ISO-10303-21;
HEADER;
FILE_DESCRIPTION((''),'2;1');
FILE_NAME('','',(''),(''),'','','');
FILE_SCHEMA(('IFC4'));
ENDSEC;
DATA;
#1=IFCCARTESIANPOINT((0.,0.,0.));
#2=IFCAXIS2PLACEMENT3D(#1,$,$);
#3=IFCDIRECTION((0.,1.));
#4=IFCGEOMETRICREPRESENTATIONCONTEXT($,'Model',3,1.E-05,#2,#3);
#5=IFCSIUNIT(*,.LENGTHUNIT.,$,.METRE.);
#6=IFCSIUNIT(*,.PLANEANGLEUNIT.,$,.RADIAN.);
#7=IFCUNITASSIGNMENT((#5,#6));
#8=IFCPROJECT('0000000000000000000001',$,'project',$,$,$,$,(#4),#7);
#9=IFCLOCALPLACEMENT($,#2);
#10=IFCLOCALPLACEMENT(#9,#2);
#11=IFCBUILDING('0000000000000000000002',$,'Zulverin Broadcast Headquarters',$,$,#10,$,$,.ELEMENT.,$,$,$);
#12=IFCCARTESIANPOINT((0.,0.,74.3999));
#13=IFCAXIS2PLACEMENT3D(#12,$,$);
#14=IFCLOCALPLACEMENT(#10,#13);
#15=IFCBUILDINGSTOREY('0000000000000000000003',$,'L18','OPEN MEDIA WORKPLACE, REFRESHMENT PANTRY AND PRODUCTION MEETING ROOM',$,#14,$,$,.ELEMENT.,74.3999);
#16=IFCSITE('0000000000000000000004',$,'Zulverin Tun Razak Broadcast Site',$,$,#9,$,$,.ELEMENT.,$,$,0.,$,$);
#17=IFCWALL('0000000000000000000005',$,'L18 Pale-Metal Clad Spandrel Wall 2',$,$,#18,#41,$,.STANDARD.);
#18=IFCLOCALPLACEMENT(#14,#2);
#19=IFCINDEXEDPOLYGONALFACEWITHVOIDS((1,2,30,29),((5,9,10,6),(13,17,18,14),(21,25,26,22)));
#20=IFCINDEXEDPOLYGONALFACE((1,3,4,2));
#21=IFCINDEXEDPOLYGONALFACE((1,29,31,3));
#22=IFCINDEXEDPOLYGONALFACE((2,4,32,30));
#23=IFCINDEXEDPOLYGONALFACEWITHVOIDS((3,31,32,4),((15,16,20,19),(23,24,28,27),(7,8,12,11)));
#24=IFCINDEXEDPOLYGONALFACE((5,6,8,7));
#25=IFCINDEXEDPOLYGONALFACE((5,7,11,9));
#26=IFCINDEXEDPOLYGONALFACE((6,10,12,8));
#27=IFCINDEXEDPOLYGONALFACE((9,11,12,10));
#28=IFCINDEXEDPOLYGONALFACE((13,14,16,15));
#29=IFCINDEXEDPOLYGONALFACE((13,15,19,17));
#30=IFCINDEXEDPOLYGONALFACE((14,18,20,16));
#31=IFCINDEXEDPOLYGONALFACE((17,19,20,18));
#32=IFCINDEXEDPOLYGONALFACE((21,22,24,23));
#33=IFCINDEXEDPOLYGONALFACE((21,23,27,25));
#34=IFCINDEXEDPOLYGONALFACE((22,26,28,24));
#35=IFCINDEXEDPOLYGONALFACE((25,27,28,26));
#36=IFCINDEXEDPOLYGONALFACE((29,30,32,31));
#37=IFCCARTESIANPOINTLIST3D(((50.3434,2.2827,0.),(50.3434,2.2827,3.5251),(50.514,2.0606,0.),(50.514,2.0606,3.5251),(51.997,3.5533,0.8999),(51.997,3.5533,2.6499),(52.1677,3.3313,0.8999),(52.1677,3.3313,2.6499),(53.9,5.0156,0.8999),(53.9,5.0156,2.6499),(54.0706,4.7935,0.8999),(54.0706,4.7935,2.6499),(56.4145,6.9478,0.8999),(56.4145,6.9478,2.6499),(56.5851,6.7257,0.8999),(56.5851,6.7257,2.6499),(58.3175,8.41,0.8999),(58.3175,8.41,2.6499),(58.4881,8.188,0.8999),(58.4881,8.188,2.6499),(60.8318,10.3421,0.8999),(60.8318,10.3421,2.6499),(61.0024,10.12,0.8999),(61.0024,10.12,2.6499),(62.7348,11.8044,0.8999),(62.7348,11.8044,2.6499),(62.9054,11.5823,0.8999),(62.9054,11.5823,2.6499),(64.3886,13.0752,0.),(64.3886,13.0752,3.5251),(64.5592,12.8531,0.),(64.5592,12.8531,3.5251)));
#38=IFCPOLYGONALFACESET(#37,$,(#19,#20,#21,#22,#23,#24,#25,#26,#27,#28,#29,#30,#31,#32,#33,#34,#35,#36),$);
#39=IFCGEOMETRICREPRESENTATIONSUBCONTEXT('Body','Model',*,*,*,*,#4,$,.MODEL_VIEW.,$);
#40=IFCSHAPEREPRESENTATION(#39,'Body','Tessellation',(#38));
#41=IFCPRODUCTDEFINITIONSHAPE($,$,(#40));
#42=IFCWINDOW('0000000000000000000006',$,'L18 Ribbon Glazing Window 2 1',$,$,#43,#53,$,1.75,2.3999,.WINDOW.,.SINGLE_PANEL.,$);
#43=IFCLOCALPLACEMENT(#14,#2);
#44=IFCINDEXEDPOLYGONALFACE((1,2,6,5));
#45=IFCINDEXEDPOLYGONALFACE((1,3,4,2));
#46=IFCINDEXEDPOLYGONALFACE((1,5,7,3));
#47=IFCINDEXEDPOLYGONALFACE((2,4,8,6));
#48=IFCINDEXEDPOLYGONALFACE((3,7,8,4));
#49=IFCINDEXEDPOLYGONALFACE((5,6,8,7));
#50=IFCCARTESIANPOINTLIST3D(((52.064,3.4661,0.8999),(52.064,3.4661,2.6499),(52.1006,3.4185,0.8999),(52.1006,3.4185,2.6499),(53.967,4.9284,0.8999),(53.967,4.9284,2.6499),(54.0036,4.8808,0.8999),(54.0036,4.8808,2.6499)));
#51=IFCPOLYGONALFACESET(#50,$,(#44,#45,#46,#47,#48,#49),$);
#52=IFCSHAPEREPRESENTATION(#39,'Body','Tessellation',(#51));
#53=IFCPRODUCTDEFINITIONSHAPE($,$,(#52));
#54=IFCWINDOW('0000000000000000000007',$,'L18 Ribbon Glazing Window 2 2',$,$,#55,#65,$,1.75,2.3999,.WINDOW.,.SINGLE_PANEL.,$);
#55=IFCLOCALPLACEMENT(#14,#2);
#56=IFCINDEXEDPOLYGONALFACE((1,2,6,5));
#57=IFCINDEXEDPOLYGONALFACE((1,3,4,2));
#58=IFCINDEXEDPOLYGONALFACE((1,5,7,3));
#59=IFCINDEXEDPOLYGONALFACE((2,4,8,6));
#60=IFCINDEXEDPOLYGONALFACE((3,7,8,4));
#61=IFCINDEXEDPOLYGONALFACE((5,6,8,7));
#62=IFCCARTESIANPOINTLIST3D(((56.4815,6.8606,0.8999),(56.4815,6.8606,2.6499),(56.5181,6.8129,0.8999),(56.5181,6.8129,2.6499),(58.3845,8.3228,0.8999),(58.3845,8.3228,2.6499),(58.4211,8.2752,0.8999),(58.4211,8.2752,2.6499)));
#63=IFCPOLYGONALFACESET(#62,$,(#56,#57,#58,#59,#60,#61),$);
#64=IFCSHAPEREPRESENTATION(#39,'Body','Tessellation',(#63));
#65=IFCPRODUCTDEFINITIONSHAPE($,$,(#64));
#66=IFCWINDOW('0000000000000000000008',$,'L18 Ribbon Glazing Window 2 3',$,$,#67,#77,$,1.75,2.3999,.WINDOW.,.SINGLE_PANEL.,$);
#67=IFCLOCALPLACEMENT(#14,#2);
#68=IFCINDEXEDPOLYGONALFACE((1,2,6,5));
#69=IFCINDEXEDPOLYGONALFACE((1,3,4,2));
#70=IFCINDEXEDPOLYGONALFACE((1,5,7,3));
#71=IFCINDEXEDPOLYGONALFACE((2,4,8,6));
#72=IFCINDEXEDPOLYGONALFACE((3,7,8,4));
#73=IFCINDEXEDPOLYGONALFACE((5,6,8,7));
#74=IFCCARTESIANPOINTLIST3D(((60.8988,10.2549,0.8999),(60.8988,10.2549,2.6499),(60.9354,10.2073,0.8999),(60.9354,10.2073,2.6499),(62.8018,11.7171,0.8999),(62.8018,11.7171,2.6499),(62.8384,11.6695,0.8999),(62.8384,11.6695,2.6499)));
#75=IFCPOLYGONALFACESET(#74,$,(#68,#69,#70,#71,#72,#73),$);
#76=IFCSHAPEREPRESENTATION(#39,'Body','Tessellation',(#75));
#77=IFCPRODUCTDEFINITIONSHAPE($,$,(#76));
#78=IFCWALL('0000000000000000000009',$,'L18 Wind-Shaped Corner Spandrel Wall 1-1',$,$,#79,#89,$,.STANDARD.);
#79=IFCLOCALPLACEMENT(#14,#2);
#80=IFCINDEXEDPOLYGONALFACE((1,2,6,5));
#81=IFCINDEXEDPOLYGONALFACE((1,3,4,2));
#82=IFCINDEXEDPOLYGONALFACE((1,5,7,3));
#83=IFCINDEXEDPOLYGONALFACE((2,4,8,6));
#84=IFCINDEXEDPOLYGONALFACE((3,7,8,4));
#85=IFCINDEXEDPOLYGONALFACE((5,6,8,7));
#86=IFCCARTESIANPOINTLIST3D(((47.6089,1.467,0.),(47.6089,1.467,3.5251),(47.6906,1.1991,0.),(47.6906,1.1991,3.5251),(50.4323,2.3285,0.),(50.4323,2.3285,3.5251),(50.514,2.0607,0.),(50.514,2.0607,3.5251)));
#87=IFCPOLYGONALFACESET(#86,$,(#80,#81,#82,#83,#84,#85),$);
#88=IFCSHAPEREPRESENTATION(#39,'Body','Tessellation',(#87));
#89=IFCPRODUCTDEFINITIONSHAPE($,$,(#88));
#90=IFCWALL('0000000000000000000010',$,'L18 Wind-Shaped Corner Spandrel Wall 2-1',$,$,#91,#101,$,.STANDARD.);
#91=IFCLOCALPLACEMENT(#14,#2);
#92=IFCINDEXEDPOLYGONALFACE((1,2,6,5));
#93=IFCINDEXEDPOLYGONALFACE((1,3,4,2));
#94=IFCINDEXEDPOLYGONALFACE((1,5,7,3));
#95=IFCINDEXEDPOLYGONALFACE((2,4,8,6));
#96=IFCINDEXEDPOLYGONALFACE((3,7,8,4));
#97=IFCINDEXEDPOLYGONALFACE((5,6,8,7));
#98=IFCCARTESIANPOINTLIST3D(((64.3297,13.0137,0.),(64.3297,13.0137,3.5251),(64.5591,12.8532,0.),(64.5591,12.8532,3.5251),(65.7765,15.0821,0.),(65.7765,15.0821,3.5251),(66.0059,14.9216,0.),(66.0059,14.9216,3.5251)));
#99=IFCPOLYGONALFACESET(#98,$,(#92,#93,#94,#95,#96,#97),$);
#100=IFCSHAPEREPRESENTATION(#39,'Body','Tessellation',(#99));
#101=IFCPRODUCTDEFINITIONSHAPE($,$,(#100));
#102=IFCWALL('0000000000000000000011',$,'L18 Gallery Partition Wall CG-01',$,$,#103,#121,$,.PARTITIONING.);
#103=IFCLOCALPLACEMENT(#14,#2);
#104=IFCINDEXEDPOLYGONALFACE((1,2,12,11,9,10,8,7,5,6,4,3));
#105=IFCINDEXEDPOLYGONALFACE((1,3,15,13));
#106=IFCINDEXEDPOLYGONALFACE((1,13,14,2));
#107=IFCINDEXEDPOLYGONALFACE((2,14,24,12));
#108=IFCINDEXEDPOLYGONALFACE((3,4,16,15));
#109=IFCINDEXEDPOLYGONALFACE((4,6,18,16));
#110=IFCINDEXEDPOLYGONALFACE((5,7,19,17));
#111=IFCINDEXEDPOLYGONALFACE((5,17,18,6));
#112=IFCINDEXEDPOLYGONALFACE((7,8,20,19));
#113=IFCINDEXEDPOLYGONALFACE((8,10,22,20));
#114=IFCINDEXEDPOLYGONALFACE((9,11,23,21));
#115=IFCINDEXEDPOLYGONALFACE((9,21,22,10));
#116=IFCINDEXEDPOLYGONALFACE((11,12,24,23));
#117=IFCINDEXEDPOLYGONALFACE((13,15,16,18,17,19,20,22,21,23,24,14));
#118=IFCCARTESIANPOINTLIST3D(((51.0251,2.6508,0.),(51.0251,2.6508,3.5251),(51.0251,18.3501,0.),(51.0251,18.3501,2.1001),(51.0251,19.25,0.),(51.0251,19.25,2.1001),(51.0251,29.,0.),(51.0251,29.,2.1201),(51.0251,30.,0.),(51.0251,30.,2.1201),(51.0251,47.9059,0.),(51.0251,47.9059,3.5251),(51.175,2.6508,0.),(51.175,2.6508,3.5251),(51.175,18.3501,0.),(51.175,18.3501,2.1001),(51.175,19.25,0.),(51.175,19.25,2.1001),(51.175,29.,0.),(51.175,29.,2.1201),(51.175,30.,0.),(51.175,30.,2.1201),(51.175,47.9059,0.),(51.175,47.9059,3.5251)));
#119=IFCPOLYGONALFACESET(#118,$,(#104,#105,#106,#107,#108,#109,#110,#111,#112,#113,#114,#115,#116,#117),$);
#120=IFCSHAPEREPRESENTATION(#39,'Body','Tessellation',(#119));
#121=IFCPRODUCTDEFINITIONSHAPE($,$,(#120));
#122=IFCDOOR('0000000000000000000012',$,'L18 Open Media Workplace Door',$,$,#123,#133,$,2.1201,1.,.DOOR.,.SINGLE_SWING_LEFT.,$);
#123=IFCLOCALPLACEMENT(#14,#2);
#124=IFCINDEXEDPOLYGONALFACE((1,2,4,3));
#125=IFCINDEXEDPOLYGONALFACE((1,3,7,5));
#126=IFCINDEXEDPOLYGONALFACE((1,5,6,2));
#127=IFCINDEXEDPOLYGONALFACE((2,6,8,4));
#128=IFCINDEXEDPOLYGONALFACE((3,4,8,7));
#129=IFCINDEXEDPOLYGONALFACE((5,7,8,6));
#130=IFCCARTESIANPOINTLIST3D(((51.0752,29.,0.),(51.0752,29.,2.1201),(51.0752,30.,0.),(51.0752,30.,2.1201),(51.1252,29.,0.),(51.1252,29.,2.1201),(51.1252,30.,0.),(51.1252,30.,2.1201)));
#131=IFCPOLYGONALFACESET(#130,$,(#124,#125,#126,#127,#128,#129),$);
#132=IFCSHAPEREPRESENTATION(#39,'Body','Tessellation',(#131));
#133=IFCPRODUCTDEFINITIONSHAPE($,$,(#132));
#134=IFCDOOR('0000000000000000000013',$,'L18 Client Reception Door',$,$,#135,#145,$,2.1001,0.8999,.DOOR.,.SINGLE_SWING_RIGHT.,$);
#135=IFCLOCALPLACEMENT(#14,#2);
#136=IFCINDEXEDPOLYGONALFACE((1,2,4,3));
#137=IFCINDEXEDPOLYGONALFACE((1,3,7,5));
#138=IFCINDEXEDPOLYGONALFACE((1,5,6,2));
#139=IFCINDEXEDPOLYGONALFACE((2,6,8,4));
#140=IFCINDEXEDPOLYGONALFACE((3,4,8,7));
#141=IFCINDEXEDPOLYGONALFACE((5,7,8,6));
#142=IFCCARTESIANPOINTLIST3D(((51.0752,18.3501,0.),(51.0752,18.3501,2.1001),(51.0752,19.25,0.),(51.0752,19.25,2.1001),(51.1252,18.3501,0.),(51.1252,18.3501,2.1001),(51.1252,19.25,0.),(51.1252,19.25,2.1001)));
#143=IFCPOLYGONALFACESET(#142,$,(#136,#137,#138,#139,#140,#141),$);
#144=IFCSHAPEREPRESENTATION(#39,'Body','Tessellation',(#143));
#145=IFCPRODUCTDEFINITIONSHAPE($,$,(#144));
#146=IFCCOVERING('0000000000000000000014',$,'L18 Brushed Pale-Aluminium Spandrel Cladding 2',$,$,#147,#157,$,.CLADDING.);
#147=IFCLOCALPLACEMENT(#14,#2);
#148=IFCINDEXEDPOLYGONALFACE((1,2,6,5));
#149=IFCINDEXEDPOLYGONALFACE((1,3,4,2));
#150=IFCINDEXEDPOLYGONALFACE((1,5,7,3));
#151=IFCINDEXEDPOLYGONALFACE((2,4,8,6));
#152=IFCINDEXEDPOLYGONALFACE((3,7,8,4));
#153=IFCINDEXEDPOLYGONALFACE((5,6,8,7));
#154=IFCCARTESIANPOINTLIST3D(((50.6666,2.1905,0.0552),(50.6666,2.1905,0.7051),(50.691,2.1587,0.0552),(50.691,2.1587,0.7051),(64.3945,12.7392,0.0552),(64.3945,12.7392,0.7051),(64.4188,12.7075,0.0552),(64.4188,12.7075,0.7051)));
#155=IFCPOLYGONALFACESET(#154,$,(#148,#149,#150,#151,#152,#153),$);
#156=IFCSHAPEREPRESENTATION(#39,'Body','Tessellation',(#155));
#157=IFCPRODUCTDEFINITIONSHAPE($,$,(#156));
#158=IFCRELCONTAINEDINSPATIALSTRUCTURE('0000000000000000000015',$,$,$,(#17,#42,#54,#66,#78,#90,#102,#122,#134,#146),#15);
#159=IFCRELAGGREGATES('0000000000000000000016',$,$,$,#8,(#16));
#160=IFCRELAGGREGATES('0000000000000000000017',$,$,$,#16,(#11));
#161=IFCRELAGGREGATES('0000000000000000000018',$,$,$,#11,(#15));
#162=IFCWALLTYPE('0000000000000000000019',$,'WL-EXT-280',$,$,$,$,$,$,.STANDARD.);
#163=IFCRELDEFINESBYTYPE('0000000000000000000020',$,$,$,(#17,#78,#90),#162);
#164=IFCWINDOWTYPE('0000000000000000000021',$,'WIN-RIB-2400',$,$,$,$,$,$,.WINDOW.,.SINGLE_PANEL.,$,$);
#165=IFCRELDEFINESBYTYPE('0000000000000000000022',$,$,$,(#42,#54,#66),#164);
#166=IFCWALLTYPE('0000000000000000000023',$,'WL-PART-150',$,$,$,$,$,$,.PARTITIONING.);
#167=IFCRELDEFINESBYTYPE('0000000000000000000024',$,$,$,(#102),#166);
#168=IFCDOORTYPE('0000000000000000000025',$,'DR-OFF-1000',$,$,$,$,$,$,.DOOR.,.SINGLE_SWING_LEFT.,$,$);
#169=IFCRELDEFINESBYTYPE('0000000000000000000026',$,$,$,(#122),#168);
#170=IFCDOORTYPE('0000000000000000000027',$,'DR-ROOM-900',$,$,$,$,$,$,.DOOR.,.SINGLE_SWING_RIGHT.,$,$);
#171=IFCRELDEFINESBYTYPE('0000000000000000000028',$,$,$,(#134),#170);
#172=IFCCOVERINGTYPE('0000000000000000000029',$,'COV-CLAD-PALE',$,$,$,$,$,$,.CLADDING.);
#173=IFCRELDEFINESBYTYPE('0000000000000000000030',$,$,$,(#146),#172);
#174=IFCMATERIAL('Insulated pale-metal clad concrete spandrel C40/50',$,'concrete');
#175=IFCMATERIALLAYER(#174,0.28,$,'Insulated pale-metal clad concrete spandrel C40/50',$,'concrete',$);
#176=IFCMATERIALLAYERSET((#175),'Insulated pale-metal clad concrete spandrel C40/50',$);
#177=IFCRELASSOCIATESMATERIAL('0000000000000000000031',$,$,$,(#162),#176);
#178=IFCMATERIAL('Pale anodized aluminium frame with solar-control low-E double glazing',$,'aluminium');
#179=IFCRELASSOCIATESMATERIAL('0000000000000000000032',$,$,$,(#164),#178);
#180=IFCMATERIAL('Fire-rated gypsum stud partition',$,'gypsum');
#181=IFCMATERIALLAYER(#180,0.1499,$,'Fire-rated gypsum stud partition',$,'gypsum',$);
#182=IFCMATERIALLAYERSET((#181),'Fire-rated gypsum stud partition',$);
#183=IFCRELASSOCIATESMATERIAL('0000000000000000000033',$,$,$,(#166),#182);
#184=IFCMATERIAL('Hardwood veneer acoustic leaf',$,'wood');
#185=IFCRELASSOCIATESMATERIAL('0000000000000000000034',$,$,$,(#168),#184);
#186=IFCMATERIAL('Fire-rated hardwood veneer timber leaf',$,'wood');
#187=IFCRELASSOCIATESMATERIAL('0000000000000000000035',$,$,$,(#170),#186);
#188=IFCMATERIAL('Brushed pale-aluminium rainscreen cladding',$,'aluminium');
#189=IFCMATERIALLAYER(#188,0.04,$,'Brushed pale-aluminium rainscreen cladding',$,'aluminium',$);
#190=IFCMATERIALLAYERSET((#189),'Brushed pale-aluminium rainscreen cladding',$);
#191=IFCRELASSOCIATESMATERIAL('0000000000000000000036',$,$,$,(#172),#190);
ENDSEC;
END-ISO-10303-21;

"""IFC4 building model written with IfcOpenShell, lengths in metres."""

from ifc_helpers import new_model, si_unit, direction, frame, frame_2d, origin, origin_2d, place, context, subcontext, project, spatial, rectangle, extrude, material, layer, layer_set, type_object, element, fill, save


model = new_model("IFC4")

# Units and contexts
model_context = context("Model", 3, precision=1e-05, world=origin(), true_north=direction((0.0, 1.0)))
body_context = subcontext(model_context, "Body", "Model", "MODEL_VIEW")
ifc_project = project(units=[si_unit("LENGTHUNIT", "METRE"), si_unit("PLANEANGLEUNIT", "RADIAN")], contexts=[model_context])

# Site, building, storey
site_placement = place(None, origin())
site = spatial("IfcSite", under=ifc_project, at=site_placement, Name="Zulverin Tun Razak Broadcast Site", CompositionType="ELEMENT", RefElevation=0.0)
building_placement = place(site_placement, origin())
building = spatial("IfcBuilding", under=site, at=building_placement, Name="Zulverin Broadcast Headquarters", CompositionType="ELEMENT")
storey_placement = place(building_placement, frame((0.0, 0.0, 74.3999)))
storey = spatial("IfcBuildingStorey", under=building, at=storey_placement, Name="L18", Description="OPEN MEDIA WORKPLACE, REFRESHMENT PANTRY AND PRODUCTION MEETING ROOM", CompositionType="ELEMENT", Elevation=74.3999)

# Wall, openings, windows
ifc_material_1 = material(Name="Insulated pale-metal clad concrete spandrel C40/50", Category="concrete")
ifc_layer_1 = layer(ifc_material_1, 0.28, Name="Insulated pale-metal clad concrete spandrel C40/50", Category="concrete")
ifc_layer_set_1 = layer_set([ifc_layer_1], Name="Insulated pale-metal clad concrete spandrel C40/50")
wall_type_1 = type_object("IfcWallType", Name="WL-EXT-280", PredefinedType="STANDARD", material=ifc_layer_set_1)
wall_1_placement = place(storey_placement, frame((50.4287, 2.1716, 0.0), z_axis=(0.0, 0.0, 1.0), x_axis=(0.792937, 0.609303, 0.0)))
wall_1 = element("IfcWall", 1, at=wall_1_placement, inside=storey, type_object=wall_type_1, Name="L18 Pale-Metal Clad Spandrel Wall 2", PredefinedType="STANDARD", context=body_context, shape_type="SweptSolid", body=[
    extrude(rectangle(XDim=17.7129, YDim=0.28, at=frame_2d((8.8564, 0.0))), origin(), (0.0, 0.0, 1.0), 3.5251),
])
opening_1_placement = place(wall_1_placement, frame((2.0854, 0.0, 0.8999)))
opening_1 = element("IfcOpeningElement", 2, at=opening_1_placement, cuts=wall_1, PredefinedType="OPENING", context=body_context, shape_type="SweptSolid", body=[
    extrude(rectangle(XDim=2.3999, YDim=1.75, at=frame_2d((1.2, 0.875))), frame((0.0, 0.1499, 0.0), z_axis=(0.0, -1.0, 0.0), x_axis=(1.0, 0.0, 0.0)), (0.0, 0.0, 1.0), 0.3),
])
opening_2_placement = place(wall_1_placement, frame((7.6565, 0.0, 0.8999)))
opening_2 = element("IfcOpeningElement", 3, at=opening_2_placement, cuts=wall_1, PredefinedType="OPENING", context=body_context, shape_type="SweptSolid", body=[
    extrude(rectangle(XDim=2.3999, YDim=1.75, at=frame_2d((1.2, 0.875))), frame((0.0, 0.1499, 0.0), z_axis=(0.0, -1.0, 0.0), x_axis=(1.0, 0.0, 0.0)), (0.0, 0.0, 1.0), 0.3),
])
opening_3_placement = place(wall_1_placement, frame((13.2273, 0.0, 0.8999)))
opening_3 = element("IfcOpeningElement", 4, at=opening_3_placement, cuts=wall_1, PredefinedType="OPENING", context=body_context, shape_type="SweptSolid", body=[
    extrude(rectangle(XDim=2.3999, YDim=1.75, at=frame_2d((1.2, 0.875))), frame((0.0, 0.1499, 0.0), z_axis=(0.0, -1.0, 0.0), x_axis=(1.0, 0.0, 0.0)), (0.0, 0.0, 1.0), 0.3),
])
ifc_material_2 = material(Name="Pale anodized aluminium frame with solar-control low-E double glazing", Category="aluminium")
window_type = type_object("IfcWindowType", Name="WIN-RIB-2400", PartitioningType="SINGLE_PANEL", PredefinedType="WINDOW", material=ifc_material_2)
window_1_placement = place(opening_1_placement, origin())
window_1 = element("IfcWindow", 5, at=window_1_placement, inside=storey, type_object=window_type, Name="L18 Ribbon Glazing Window 2 1", OverallHeight=1.75, OverallWidth=2.3999, PartitioningType="SINGLE_PANEL", PredefinedType="WINDOW", context=body_context, shape_type="SweptSolid", body=[
    extrude(rectangle(XDim=2.3999, YDim=1.75, at=frame_2d((1.2, 0.875))), frame((0.0, 0.03, 0.0), z_axis=(0.0, -1.0, 0.0), x_axis=(1.0, 0.0, 0.0)), (0.0, 0.0, 1.0), 0.0601),
])
fill(opening_1, window_1)
window_2_placement = place(opening_2_placement, origin())
window_2 = element("IfcWindow", 6, at=window_2_placement, inside=storey, type_object=window_type, Name="L18 Ribbon Glazing Window 2 2", OverallHeight=1.75, OverallWidth=2.3999, PartitioningType="SINGLE_PANEL", PredefinedType="WINDOW", context=body_context, shape_type="SweptSolid", body=[
    extrude(rectangle(XDim=2.3999, YDim=1.75, at=frame_2d((1.2, 0.875))), frame((0.0, 0.03, 0.0), z_axis=(0.0, -1.0, 0.0), x_axis=(1.0, 0.0, 0.0)), (0.0, 0.0, 1.0), 0.0601),
])
fill(opening_2, window_2)
window_3_placement = place(opening_3_placement, origin())
window_3 = element("IfcWindow", 7, at=window_3_placement, inside=storey, type_object=window_type, Name="L18 Ribbon Glazing Window 2 3", OverallHeight=1.75, OverallWidth=2.3999, PartitioningType="SINGLE_PANEL", PredefinedType="WINDOW", context=body_context, shape_type="SweptSolid", body=[
    extrude(rectangle(XDim=2.3999, YDim=1.75, at=frame_2d((1.2, 0.875))), frame((0.0, 0.03, 0.0), z_axis=(0.0, -1.0, 0.0), x_axis=(1.0, 0.0, 0.0)), (0.0, 0.0, 1.0), 0.0601),
])
fill(opening_3, window_3)

# Walls
wall_2_placement = place(storey_placement, frame((47.6497, 1.333, 0.0), z_axis=(0.0, 0.0, 1.0), x_axis=(0.956461, 0.291859, 0.0)))
element("IfcWall", 8, at=wall_2_placement, inside=storey, type_object=wall_type_1, Name="L18 Wind-Shaped Corner Spandrel Wall 1-1", PredefinedType="STANDARD", context=body_context, shape_type="SweptSolid", body=[
    extrude(rectangle(XDim=2.9519, YDim=0.28, at=frame_2d((1.4761, 0.0))), origin(), (0.0, 0.0, 1.0), 3.5251),
])
wall_3_placement = place(storey_placement, frame((64.4443, 12.9333, 0.0), z_axis=(0.0, 0.0, 1.0), x_axis=(0.573177, 0.819432, 0.0)))
element("IfcWall", 9, at=wall_3_placement, inside=storey, type_object=wall_type_1, Name="L18 Wind-Shaped Corner Spandrel Wall 2-1", PredefinedType="STANDARD", context=body_context, shape_type="SweptSolid", body=[
    extrude(rectangle(XDim=2.5242, YDim=0.28, at=frame_2d((1.2622, 0.0))), origin(), (0.0, 0.0, 1.0), 3.5251),
])

# Wall, openings, doors
ifc_material_3 = material(Name="Fire-rated gypsum stud partition", Category="gypsum")
ifc_layer_2 = layer(ifc_material_3, 0.1499, Name="Fire-rated gypsum stud partition", Category="gypsum")
ifc_layer_set_2 = layer_set([ifc_layer_2], Name="Fire-rated gypsum stud partition")
wall_type_2 = type_object("IfcWallType", Name="WL-PART-150", PredefinedType="PARTITIONING", material=ifc_layer_set_2)
wall_4_placement = place(storey_placement, frame((51.1001, 2.6509, 0.0), z_axis=(0.0, 0.0, 1.0), x_axis=(0.0, 1.0, 0.0)))
wall_4 = element("IfcWall", 10, at=wall_4_placement, inside=storey, type_object=wall_type_2, Name="L18 Gallery Partition Wall CG-01", PredefinedType="PARTITIONING", context=body_context, shape_type="SweptSolid", body=[
    extrude(rectangle(XDim=45.2551, YDim=0.1499, at=frame_2d((22.6274, 0.0))), origin(), (0.0, 0.0, 1.0), 3.5251),
])
opening_4_placement = place(wall_4_placement, frame((15.6992, 0.0, 0.0)))
opening_4 = element("IfcOpeningElement", 11, at=opening_4_placement, cuts=wall_4, PredefinedType="OPENING", context=body_context, shape_type="SweptSolid", body=[
    extrude(rectangle(XDim=0.8999, YDim=2.1001, at=frame_2d((0.45, 1.05))), frame((0.0, 0.085, 0.0), z_axis=(0.0, -1.0, 0.0), x_axis=(1.0, 0.0, 0.0)), (0.0, 0.0, 1.0), 0.1699),
])
opening_5_placement = place(wall_4_placement, frame((26.3491, 0.0, 0.0)))
opening_5 = element("IfcOpeningElement", 12, at=opening_5_placement, cuts=wall_4, PredefinedType="OPENING", context=body_context, shape_type="SweptSolid", body=[
    extrude(rectangle(XDim=1.0, YDim=2.1201, at=frame_2d((0.5, 1.0601))), frame((0.0, 0.085, 0.0), z_axis=(0.0, -1.0, 0.0), x_axis=(1.0, 0.0, 0.0)), (0.0, 0.0, 1.0), 0.1699),
])
ifc_material_4 = material(Name="Hardwood veneer acoustic leaf", Category="wood")
door_type_1 = type_object("IfcDoorType", Name="DR-OFF-1000", OperationType="SINGLE_SWING_LEFT", PredefinedType="DOOR", material=ifc_material_4)
door_1_placement = place(opening_5_placement, origin())
door_1 = element("IfcDoor", 13, at=door_1_placement, inside=storey, type_object=door_type_1, Name="L18 Open Media Workplace Door", OperationType="SINGLE_SWING_LEFT", OverallHeight=2.1201, OverallWidth=1.0, PredefinedType="DOOR", context=body_context, shape_type="SweptSolid", body=[
    extrude(rectangle(XDim=1.0, YDim=2.1201, at=frame_2d((0.5, 1.0601))), frame((0.0, 0.0249, 0.0), z_axis=(0.0, -1.0, 0.0), x_axis=(1.0, 0.0, 0.0)), (0.0, 0.0, 1.0), 0.05),
])
fill(opening_5, door_1)
ifc_material_5 = material(Name="Fire-rated hardwood veneer timber leaf", Category="wood")
door_type_2 = type_object("IfcDoorType", Name="DR-ROOM-900", OperationType="SINGLE_SWING_RIGHT", PredefinedType="DOOR", material=ifc_material_5)
door_2_placement = place(opening_4_placement, origin())
door_2 = element("IfcDoor", 14, at=door_2_placement, inside=storey, type_object=door_type_2, Name="L18 Client Reception Door", OperationType="SINGLE_SWING_RIGHT", OverallHeight=2.1001, OverallWidth=0.8999, PredefinedType="DOOR", context=body_context, shape_type="SweptSolid", body=[
    extrude(rectangle(XDim=0.8999, YDim=2.1001, at=frame_2d((0.45, 1.05))), frame((0.0, 0.0249, 0.0), z_axis=(0.0, -1.0, 0.0), x_axis=(1.0, 0.0, 0.0)), (0.0, 0.0, 1.0), 0.05),
])
fill(opening_4, door_2)

# Covering
ifc_material_6 = material(Name="Brushed pale-aluminium rainscreen cladding", Category="aluminium")
ifc_layer_3 = layer(ifc_material_6, 0.04, Name="Brushed pale-aluminium rainscreen cladding", Category="aluminium")
ifc_layer_set_3 = layer_set([ifc_layer_3], Name="Brushed pale-aluminium rainscreen cladding")
covering_type = type_object("IfcCoveringType", Name="COV-CLAD-PALE", PredefinedType="CLADDING", material=ifc_layer_set_3)
covering_placement = place(storey_placement, frame((57.5427, 7.449, 0.0552), z_axis=(0.0, 0.0, 1.0), x_axis=(0.792933, 0.609308, 0.0)))
element("IfcCovering", 15, at=covering_placement, inside=storey, type_object=covering_type, Name="L18 Brushed Pale-Aluminium Spandrel Cladding 2", PredefinedType="CLADDING", context=body_context, shape_type="SweptSolid", body=[
    extrude(rectangle(XDim=17.3127, YDim=0.04, at=origin_2d()), origin(), (0.0, 0.0, 1.0), 0.6499),
])

save(model, "model.ifc")
